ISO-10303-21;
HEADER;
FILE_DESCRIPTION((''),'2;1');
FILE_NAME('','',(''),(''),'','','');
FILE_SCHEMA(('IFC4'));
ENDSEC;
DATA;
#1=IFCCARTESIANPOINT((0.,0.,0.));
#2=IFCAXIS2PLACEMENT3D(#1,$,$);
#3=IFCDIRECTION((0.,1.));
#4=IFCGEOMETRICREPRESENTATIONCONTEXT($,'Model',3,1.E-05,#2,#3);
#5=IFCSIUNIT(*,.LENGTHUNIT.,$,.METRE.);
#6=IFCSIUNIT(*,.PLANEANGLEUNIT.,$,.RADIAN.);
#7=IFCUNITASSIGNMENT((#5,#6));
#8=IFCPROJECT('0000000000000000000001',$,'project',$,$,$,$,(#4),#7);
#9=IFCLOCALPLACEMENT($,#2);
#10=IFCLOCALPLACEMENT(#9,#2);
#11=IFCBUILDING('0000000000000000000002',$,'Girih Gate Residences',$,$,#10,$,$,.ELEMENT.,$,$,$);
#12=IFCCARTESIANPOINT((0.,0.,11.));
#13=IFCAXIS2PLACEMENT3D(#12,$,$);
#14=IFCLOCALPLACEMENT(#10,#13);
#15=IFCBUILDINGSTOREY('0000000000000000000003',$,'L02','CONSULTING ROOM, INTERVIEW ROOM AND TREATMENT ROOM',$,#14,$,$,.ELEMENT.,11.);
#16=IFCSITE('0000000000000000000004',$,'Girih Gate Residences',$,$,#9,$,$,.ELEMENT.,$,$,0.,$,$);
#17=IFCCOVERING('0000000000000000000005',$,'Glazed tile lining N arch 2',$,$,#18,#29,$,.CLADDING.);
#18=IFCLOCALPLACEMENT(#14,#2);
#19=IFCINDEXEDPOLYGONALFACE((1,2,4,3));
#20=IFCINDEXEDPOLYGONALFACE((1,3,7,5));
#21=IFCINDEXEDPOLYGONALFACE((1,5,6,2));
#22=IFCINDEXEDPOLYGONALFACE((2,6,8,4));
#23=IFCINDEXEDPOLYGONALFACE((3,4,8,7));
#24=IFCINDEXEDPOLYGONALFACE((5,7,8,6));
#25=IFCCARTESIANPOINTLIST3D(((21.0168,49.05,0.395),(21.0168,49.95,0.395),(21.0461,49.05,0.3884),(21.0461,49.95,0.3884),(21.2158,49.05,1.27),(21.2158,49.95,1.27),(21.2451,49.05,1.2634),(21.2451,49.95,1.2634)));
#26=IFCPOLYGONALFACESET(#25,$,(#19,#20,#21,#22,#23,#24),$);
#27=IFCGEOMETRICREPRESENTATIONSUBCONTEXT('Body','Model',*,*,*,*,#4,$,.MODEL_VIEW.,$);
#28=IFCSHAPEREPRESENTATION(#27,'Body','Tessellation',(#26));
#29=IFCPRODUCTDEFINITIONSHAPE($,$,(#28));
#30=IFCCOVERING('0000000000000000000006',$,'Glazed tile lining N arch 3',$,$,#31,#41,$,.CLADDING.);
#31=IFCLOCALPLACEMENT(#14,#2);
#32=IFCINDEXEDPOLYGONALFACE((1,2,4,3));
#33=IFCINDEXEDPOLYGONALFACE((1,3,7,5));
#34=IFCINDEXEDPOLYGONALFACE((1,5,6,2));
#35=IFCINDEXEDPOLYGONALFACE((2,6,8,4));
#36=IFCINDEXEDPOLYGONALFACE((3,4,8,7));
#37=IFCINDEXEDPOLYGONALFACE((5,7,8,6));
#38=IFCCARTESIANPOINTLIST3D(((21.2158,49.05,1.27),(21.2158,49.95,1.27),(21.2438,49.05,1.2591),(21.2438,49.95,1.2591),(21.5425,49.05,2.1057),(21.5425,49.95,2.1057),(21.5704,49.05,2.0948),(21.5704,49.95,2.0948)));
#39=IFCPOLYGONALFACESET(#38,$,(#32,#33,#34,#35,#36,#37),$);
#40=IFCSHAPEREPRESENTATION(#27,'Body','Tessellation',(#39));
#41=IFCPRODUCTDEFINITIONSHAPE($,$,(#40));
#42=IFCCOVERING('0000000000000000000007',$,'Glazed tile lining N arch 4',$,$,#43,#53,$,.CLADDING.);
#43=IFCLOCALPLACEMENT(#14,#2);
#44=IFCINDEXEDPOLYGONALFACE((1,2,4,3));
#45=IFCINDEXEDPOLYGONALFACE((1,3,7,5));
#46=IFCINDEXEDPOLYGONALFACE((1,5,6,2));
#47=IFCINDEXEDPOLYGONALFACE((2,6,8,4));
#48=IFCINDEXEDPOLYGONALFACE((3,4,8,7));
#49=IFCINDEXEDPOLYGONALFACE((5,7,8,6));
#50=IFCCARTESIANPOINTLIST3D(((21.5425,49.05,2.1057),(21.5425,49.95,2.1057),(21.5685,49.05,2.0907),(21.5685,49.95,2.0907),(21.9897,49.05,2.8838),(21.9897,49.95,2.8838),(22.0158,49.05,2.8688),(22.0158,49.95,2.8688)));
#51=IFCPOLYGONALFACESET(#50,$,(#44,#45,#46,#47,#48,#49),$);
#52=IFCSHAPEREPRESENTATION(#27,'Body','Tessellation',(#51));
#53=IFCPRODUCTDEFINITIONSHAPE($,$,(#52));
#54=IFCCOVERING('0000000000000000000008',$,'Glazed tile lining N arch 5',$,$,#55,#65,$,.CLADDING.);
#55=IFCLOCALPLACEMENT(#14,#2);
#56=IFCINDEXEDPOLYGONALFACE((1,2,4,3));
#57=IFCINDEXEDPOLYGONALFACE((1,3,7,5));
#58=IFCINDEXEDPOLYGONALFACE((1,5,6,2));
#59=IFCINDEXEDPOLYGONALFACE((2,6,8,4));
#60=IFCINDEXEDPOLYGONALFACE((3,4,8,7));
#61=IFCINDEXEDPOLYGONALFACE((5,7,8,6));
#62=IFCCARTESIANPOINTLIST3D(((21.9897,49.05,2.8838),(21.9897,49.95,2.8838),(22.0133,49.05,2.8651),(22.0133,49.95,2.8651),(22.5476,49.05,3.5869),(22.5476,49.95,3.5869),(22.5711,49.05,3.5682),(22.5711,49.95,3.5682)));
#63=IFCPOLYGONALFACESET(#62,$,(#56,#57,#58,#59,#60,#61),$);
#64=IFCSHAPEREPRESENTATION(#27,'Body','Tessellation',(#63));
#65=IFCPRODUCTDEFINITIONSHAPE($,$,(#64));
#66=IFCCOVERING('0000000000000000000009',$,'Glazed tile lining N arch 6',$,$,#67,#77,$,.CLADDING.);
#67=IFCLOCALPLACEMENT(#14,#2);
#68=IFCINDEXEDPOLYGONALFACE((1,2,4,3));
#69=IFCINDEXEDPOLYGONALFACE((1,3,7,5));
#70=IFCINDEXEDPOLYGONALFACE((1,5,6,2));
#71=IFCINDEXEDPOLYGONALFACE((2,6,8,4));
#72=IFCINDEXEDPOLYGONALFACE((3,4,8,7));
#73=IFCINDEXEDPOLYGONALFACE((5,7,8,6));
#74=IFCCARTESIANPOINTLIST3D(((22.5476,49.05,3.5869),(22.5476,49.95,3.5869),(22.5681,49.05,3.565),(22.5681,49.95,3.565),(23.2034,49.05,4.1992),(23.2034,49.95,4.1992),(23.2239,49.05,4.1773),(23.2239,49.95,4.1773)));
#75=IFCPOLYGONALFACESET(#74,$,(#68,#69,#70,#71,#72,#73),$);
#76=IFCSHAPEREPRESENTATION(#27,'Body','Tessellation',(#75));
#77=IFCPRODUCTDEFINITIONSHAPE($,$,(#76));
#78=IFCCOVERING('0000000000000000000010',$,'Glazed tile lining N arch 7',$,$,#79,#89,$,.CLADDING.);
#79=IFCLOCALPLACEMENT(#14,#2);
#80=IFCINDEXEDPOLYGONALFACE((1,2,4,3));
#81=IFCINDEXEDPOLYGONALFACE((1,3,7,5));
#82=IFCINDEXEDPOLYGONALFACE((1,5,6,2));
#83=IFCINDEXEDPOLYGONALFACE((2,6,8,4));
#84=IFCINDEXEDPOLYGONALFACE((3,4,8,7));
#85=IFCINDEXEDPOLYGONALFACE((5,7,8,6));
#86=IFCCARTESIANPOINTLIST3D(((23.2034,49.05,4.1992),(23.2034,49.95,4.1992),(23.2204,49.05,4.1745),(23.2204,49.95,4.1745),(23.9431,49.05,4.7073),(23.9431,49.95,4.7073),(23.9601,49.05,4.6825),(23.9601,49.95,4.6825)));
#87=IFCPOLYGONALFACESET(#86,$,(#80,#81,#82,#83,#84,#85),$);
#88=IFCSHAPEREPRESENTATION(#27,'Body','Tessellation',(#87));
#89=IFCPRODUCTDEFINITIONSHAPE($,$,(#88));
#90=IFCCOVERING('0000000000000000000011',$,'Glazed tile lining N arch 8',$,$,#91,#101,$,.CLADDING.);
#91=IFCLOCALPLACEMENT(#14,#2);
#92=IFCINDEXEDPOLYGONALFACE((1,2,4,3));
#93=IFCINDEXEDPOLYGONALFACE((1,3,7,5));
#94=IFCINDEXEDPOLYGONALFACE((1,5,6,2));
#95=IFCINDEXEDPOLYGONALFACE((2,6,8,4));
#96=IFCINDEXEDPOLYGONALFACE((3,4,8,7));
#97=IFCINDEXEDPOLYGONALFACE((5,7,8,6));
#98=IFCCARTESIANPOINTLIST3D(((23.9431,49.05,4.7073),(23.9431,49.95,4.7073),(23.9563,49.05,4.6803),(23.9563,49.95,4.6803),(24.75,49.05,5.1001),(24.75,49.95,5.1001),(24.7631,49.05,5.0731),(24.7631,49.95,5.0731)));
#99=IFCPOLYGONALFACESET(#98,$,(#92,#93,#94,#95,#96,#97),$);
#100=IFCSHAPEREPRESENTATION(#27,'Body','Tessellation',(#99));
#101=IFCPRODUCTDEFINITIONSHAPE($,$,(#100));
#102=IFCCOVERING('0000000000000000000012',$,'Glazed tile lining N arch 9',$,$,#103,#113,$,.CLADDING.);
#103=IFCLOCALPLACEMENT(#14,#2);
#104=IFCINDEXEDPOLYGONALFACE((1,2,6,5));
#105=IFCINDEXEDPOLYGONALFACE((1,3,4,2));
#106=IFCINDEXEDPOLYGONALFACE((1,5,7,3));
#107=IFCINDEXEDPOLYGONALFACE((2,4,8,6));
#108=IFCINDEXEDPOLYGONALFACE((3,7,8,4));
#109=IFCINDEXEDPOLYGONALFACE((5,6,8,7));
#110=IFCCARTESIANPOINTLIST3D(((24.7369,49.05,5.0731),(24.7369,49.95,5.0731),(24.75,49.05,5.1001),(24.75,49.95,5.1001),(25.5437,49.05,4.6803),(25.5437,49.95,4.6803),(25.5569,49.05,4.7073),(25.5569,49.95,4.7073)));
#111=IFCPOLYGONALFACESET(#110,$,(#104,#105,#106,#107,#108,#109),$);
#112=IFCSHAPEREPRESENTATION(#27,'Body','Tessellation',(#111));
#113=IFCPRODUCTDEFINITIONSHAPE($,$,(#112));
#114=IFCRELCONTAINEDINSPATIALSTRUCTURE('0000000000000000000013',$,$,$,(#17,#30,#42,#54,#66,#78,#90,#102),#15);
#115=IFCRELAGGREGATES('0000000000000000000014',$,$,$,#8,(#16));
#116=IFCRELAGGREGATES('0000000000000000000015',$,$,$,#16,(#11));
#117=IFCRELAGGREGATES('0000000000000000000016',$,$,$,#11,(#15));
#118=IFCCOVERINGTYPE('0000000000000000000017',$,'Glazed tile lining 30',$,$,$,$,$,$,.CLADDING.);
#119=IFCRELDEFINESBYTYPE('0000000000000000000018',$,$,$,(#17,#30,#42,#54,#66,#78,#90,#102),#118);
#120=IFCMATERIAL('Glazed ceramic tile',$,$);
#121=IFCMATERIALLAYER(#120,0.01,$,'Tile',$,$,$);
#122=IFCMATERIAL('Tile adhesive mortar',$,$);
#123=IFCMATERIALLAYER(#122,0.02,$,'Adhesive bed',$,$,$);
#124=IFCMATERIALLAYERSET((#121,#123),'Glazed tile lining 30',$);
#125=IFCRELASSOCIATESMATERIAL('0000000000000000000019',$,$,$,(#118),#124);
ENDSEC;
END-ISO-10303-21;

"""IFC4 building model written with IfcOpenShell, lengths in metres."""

from ifc_helpers import new_model, si_unit, direction, frame, origin, place, context, subcontext, project, spatial, polyline, outline, extrude, material, layer, layer_set, type_object, element, save


model = new_model("IFC4")

# Units and contexts
model_context = context("Model", 3, precision=1e-05, world=origin(), true_north=direction((0.0, 1.0)))
body_context = subcontext(model_context, "Body", "Model", "MODEL_VIEW")
ifc_project = project(units=[si_unit("LENGTHUNIT", "METRE"), si_unit("PLANEANGLEUNIT", "RADIAN")], contexts=[model_context])

# Site, building, storey
site_placement = place(None, origin())
site = spatial("IfcSite", under=ifc_project, at=site_placement, Name="Girih Gate Residences", CompositionType="ELEMENT", RefElevation=0.0)
building_placement = place(site_placement, origin())
building = spatial("IfcBuilding", under=site, at=building_placement, Name="Girih Gate Residences", CompositionType="ELEMENT")
storey_placement = place(building_placement, frame((0.0, 0.0, 11.0)))
storey = spatial("IfcBuildingStorey", under=building, at=storey_placement, Name="L02", Description="CONSULTING ROOM, INTERVIEW ROOM AND TREATMENT ROOM", CompositionType="ELEMENT", Elevation=11.0)

# Coverings
ifc_material_1 = material(Name="Glazed ceramic tile")
ifc_layer_1 = layer(ifc_material_1, 0.01, Name="Tile")
ifc_material_2 = material(Name="Tile adhesive mortar")
ifc_layer_2 = layer(ifc_material_2, 0.02, Name="Adhesive bed")
ifc_layer_set_1 = layer_set([ifc_layer_1, ifc_layer_2], Name="Glazed tile lining 30")
covering_type = type_object("IfcCoveringType", Name="Glazed tile lining 30", PredefinedType="CLADDING", material=ifc_layer_set_1)
covering_1_placement = place(storey_placement, frame((21.0168, 49.05, 0.395), z_axis=(-0.975106, 0.0, 0.221739), x_axis=(0.221739, 0.0, 0.975106)))
element("IfcCovering", 1, at=covering_1_placement, inside=storey, type_object=covering_type, Name="Glazed tile lining N arch 2", PredefinedType="CLADDING", context=body_context, shape_type="SweptSolid", body=[
    extrude(outline(polyline([(0.0, 0.0), (0.8973, 0.0), (0.8973, 0.8999), (0.0, 0.8999), (0.0, 0.0)])), origin(), (0.0, 0.0, -1.0), 0.03),
])
covering_2_placement = place(storey_placement, frame((21.2158, 49.05, 1.27), z_axis=(-0.931375, 0.0, 0.364061), x_axis=(0.364061, 0.0, 0.931375)))
element("IfcCovering", 2, at=covering_2_placement, inside=storey, type_object=covering_type, Name="Glazed tile lining N arch 3", PredefinedType="CLADDING", context=body_context, shape_type="SweptSolid", body=[
    extrude(outline(polyline([(0.0, 0.0), (0.8973, 0.0), (0.8973, 0.8999), (0.0, 0.8999), (0.0, 0.0)])), origin(), (0.0, 0.0, -1.0), 0.03),
])
covering_3_placement = place(storey_placement, frame((21.5425, 49.05, 2.1057), z_axis=(-0.866968, 0.0, 0.498364), x_axis=(0.498364, 0.0, 0.866968)))
element("IfcCovering", 3, at=covering_3_placement, inside=storey, type_object=covering_type, Name="Glazed tile lining N arch 4", PredefinedType="CLADDING", context=body_context, shape_type="SweptSolid", body=[
    extrude(outline(polyline([(0.0, 0.0), (0.8975, 0.0), (0.8975, 0.8999), (0.0, 0.8999), (0.0, 0.0)])), origin(), (0.0, 0.0, -1.0), 0.03),
])
covering_4_placement = place(storey_placement, frame((21.9897, 49.05, 2.8838), z_axis=(-0.783384, 0.0, 0.621539), x_axis=(0.621539, 0.0, 0.783384)))
element("IfcCovering", 4, at=covering_4_placement, inside=storey, type_object=covering_type, Name="Glazed tile lining N arch 5", PredefinedType="CLADDING", context=body_context, shape_type="SweptSolid", body=[
    extrude(outline(polyline([(0.0, 0.0), (0.8975, 0.0), (0.8975, 0.8999), (0.0, 0.8999), (0.0, 0.0)])), origin(), (0.0, 0.0, -1.0), 0.03),
])
covering_5_placement = place(storey_placement, frame((22.5476, 49.05, 3.5869), z_axis=(-0.682473, 0.0, 0.73091), x_axis=(0.73091, 0.0, 0.682473)))
element("IfcCovering", 5, at=covering_5_placement, inside=storey, type_object=covering_type, Name="Glazed tile lining N arch 6", PredefinedType="CLADDING", context=body_context, shape_type="SweptSolid", body=[
    extrude(outline(polyline([(0.0, 0.0), (0.8972, 0.0), (0.8972, 0.8999), (0.0, 0.8999), (0.0, 0.0)])), origin(), (0.0, 0.0, -1.0), 0.03),
])
covering_6_placement = place(storey_placement, frame((23.2034, 49.05, 4.1992), z_axis=(-0.566136, 0.0, 0.824312), x_axis=(0.824312, 0.0, 0.566136)))
element("IfcCovering", 6, at=covering_6_placement, inside=storey, type_object=covering_type, Name="Glazed tile lining N arch 7", PredefinedType="CLADDING", context=body_context, shape_type="SweptSolid", body=[
    extrude(outline(polyline([(0.0, 0.0), (0.8974, 0.0), (0.8974, 0.8999), (0.0, 0.8999), (0.0, 0.0)])), origin(), (0.0, 0.0, -1.0), 0.03),
])
for number, where, z_axis, x_axis, name in (
    (7, (23.9431, 49.05, 4.7073), (-0.437721, 0.0, 0.899111), (0.899111, 0.0, 0.437721), "Glazed tile lining N arch 8"),
    (8, (24.75, 49.05, 5.1001), (0.437721, 0.0, 0.899111), (0.899111, 0.0, -0.437721), "Glazed tile lining N arch 9"),
):
    element("IfcCovering", number, at=place(storey_placement, frame(where, z_axis=z_axis, x_axis=x_axis)), inside=storey, type_object=covering_type, Name=name, PredefinedType="CLADDING", context=body_context, shape_type="SweptSolid", body=[
        extrude(outline(polyline([(0.0, 0.0), (0.8974, 0.0), (0.8974, 0.8999), (0.0, 0.8999), (0.0, 0.0)])), origin(), (0.0, 0.0, -1.0), 0.03),
    ])

save(model, "model.ifc")
